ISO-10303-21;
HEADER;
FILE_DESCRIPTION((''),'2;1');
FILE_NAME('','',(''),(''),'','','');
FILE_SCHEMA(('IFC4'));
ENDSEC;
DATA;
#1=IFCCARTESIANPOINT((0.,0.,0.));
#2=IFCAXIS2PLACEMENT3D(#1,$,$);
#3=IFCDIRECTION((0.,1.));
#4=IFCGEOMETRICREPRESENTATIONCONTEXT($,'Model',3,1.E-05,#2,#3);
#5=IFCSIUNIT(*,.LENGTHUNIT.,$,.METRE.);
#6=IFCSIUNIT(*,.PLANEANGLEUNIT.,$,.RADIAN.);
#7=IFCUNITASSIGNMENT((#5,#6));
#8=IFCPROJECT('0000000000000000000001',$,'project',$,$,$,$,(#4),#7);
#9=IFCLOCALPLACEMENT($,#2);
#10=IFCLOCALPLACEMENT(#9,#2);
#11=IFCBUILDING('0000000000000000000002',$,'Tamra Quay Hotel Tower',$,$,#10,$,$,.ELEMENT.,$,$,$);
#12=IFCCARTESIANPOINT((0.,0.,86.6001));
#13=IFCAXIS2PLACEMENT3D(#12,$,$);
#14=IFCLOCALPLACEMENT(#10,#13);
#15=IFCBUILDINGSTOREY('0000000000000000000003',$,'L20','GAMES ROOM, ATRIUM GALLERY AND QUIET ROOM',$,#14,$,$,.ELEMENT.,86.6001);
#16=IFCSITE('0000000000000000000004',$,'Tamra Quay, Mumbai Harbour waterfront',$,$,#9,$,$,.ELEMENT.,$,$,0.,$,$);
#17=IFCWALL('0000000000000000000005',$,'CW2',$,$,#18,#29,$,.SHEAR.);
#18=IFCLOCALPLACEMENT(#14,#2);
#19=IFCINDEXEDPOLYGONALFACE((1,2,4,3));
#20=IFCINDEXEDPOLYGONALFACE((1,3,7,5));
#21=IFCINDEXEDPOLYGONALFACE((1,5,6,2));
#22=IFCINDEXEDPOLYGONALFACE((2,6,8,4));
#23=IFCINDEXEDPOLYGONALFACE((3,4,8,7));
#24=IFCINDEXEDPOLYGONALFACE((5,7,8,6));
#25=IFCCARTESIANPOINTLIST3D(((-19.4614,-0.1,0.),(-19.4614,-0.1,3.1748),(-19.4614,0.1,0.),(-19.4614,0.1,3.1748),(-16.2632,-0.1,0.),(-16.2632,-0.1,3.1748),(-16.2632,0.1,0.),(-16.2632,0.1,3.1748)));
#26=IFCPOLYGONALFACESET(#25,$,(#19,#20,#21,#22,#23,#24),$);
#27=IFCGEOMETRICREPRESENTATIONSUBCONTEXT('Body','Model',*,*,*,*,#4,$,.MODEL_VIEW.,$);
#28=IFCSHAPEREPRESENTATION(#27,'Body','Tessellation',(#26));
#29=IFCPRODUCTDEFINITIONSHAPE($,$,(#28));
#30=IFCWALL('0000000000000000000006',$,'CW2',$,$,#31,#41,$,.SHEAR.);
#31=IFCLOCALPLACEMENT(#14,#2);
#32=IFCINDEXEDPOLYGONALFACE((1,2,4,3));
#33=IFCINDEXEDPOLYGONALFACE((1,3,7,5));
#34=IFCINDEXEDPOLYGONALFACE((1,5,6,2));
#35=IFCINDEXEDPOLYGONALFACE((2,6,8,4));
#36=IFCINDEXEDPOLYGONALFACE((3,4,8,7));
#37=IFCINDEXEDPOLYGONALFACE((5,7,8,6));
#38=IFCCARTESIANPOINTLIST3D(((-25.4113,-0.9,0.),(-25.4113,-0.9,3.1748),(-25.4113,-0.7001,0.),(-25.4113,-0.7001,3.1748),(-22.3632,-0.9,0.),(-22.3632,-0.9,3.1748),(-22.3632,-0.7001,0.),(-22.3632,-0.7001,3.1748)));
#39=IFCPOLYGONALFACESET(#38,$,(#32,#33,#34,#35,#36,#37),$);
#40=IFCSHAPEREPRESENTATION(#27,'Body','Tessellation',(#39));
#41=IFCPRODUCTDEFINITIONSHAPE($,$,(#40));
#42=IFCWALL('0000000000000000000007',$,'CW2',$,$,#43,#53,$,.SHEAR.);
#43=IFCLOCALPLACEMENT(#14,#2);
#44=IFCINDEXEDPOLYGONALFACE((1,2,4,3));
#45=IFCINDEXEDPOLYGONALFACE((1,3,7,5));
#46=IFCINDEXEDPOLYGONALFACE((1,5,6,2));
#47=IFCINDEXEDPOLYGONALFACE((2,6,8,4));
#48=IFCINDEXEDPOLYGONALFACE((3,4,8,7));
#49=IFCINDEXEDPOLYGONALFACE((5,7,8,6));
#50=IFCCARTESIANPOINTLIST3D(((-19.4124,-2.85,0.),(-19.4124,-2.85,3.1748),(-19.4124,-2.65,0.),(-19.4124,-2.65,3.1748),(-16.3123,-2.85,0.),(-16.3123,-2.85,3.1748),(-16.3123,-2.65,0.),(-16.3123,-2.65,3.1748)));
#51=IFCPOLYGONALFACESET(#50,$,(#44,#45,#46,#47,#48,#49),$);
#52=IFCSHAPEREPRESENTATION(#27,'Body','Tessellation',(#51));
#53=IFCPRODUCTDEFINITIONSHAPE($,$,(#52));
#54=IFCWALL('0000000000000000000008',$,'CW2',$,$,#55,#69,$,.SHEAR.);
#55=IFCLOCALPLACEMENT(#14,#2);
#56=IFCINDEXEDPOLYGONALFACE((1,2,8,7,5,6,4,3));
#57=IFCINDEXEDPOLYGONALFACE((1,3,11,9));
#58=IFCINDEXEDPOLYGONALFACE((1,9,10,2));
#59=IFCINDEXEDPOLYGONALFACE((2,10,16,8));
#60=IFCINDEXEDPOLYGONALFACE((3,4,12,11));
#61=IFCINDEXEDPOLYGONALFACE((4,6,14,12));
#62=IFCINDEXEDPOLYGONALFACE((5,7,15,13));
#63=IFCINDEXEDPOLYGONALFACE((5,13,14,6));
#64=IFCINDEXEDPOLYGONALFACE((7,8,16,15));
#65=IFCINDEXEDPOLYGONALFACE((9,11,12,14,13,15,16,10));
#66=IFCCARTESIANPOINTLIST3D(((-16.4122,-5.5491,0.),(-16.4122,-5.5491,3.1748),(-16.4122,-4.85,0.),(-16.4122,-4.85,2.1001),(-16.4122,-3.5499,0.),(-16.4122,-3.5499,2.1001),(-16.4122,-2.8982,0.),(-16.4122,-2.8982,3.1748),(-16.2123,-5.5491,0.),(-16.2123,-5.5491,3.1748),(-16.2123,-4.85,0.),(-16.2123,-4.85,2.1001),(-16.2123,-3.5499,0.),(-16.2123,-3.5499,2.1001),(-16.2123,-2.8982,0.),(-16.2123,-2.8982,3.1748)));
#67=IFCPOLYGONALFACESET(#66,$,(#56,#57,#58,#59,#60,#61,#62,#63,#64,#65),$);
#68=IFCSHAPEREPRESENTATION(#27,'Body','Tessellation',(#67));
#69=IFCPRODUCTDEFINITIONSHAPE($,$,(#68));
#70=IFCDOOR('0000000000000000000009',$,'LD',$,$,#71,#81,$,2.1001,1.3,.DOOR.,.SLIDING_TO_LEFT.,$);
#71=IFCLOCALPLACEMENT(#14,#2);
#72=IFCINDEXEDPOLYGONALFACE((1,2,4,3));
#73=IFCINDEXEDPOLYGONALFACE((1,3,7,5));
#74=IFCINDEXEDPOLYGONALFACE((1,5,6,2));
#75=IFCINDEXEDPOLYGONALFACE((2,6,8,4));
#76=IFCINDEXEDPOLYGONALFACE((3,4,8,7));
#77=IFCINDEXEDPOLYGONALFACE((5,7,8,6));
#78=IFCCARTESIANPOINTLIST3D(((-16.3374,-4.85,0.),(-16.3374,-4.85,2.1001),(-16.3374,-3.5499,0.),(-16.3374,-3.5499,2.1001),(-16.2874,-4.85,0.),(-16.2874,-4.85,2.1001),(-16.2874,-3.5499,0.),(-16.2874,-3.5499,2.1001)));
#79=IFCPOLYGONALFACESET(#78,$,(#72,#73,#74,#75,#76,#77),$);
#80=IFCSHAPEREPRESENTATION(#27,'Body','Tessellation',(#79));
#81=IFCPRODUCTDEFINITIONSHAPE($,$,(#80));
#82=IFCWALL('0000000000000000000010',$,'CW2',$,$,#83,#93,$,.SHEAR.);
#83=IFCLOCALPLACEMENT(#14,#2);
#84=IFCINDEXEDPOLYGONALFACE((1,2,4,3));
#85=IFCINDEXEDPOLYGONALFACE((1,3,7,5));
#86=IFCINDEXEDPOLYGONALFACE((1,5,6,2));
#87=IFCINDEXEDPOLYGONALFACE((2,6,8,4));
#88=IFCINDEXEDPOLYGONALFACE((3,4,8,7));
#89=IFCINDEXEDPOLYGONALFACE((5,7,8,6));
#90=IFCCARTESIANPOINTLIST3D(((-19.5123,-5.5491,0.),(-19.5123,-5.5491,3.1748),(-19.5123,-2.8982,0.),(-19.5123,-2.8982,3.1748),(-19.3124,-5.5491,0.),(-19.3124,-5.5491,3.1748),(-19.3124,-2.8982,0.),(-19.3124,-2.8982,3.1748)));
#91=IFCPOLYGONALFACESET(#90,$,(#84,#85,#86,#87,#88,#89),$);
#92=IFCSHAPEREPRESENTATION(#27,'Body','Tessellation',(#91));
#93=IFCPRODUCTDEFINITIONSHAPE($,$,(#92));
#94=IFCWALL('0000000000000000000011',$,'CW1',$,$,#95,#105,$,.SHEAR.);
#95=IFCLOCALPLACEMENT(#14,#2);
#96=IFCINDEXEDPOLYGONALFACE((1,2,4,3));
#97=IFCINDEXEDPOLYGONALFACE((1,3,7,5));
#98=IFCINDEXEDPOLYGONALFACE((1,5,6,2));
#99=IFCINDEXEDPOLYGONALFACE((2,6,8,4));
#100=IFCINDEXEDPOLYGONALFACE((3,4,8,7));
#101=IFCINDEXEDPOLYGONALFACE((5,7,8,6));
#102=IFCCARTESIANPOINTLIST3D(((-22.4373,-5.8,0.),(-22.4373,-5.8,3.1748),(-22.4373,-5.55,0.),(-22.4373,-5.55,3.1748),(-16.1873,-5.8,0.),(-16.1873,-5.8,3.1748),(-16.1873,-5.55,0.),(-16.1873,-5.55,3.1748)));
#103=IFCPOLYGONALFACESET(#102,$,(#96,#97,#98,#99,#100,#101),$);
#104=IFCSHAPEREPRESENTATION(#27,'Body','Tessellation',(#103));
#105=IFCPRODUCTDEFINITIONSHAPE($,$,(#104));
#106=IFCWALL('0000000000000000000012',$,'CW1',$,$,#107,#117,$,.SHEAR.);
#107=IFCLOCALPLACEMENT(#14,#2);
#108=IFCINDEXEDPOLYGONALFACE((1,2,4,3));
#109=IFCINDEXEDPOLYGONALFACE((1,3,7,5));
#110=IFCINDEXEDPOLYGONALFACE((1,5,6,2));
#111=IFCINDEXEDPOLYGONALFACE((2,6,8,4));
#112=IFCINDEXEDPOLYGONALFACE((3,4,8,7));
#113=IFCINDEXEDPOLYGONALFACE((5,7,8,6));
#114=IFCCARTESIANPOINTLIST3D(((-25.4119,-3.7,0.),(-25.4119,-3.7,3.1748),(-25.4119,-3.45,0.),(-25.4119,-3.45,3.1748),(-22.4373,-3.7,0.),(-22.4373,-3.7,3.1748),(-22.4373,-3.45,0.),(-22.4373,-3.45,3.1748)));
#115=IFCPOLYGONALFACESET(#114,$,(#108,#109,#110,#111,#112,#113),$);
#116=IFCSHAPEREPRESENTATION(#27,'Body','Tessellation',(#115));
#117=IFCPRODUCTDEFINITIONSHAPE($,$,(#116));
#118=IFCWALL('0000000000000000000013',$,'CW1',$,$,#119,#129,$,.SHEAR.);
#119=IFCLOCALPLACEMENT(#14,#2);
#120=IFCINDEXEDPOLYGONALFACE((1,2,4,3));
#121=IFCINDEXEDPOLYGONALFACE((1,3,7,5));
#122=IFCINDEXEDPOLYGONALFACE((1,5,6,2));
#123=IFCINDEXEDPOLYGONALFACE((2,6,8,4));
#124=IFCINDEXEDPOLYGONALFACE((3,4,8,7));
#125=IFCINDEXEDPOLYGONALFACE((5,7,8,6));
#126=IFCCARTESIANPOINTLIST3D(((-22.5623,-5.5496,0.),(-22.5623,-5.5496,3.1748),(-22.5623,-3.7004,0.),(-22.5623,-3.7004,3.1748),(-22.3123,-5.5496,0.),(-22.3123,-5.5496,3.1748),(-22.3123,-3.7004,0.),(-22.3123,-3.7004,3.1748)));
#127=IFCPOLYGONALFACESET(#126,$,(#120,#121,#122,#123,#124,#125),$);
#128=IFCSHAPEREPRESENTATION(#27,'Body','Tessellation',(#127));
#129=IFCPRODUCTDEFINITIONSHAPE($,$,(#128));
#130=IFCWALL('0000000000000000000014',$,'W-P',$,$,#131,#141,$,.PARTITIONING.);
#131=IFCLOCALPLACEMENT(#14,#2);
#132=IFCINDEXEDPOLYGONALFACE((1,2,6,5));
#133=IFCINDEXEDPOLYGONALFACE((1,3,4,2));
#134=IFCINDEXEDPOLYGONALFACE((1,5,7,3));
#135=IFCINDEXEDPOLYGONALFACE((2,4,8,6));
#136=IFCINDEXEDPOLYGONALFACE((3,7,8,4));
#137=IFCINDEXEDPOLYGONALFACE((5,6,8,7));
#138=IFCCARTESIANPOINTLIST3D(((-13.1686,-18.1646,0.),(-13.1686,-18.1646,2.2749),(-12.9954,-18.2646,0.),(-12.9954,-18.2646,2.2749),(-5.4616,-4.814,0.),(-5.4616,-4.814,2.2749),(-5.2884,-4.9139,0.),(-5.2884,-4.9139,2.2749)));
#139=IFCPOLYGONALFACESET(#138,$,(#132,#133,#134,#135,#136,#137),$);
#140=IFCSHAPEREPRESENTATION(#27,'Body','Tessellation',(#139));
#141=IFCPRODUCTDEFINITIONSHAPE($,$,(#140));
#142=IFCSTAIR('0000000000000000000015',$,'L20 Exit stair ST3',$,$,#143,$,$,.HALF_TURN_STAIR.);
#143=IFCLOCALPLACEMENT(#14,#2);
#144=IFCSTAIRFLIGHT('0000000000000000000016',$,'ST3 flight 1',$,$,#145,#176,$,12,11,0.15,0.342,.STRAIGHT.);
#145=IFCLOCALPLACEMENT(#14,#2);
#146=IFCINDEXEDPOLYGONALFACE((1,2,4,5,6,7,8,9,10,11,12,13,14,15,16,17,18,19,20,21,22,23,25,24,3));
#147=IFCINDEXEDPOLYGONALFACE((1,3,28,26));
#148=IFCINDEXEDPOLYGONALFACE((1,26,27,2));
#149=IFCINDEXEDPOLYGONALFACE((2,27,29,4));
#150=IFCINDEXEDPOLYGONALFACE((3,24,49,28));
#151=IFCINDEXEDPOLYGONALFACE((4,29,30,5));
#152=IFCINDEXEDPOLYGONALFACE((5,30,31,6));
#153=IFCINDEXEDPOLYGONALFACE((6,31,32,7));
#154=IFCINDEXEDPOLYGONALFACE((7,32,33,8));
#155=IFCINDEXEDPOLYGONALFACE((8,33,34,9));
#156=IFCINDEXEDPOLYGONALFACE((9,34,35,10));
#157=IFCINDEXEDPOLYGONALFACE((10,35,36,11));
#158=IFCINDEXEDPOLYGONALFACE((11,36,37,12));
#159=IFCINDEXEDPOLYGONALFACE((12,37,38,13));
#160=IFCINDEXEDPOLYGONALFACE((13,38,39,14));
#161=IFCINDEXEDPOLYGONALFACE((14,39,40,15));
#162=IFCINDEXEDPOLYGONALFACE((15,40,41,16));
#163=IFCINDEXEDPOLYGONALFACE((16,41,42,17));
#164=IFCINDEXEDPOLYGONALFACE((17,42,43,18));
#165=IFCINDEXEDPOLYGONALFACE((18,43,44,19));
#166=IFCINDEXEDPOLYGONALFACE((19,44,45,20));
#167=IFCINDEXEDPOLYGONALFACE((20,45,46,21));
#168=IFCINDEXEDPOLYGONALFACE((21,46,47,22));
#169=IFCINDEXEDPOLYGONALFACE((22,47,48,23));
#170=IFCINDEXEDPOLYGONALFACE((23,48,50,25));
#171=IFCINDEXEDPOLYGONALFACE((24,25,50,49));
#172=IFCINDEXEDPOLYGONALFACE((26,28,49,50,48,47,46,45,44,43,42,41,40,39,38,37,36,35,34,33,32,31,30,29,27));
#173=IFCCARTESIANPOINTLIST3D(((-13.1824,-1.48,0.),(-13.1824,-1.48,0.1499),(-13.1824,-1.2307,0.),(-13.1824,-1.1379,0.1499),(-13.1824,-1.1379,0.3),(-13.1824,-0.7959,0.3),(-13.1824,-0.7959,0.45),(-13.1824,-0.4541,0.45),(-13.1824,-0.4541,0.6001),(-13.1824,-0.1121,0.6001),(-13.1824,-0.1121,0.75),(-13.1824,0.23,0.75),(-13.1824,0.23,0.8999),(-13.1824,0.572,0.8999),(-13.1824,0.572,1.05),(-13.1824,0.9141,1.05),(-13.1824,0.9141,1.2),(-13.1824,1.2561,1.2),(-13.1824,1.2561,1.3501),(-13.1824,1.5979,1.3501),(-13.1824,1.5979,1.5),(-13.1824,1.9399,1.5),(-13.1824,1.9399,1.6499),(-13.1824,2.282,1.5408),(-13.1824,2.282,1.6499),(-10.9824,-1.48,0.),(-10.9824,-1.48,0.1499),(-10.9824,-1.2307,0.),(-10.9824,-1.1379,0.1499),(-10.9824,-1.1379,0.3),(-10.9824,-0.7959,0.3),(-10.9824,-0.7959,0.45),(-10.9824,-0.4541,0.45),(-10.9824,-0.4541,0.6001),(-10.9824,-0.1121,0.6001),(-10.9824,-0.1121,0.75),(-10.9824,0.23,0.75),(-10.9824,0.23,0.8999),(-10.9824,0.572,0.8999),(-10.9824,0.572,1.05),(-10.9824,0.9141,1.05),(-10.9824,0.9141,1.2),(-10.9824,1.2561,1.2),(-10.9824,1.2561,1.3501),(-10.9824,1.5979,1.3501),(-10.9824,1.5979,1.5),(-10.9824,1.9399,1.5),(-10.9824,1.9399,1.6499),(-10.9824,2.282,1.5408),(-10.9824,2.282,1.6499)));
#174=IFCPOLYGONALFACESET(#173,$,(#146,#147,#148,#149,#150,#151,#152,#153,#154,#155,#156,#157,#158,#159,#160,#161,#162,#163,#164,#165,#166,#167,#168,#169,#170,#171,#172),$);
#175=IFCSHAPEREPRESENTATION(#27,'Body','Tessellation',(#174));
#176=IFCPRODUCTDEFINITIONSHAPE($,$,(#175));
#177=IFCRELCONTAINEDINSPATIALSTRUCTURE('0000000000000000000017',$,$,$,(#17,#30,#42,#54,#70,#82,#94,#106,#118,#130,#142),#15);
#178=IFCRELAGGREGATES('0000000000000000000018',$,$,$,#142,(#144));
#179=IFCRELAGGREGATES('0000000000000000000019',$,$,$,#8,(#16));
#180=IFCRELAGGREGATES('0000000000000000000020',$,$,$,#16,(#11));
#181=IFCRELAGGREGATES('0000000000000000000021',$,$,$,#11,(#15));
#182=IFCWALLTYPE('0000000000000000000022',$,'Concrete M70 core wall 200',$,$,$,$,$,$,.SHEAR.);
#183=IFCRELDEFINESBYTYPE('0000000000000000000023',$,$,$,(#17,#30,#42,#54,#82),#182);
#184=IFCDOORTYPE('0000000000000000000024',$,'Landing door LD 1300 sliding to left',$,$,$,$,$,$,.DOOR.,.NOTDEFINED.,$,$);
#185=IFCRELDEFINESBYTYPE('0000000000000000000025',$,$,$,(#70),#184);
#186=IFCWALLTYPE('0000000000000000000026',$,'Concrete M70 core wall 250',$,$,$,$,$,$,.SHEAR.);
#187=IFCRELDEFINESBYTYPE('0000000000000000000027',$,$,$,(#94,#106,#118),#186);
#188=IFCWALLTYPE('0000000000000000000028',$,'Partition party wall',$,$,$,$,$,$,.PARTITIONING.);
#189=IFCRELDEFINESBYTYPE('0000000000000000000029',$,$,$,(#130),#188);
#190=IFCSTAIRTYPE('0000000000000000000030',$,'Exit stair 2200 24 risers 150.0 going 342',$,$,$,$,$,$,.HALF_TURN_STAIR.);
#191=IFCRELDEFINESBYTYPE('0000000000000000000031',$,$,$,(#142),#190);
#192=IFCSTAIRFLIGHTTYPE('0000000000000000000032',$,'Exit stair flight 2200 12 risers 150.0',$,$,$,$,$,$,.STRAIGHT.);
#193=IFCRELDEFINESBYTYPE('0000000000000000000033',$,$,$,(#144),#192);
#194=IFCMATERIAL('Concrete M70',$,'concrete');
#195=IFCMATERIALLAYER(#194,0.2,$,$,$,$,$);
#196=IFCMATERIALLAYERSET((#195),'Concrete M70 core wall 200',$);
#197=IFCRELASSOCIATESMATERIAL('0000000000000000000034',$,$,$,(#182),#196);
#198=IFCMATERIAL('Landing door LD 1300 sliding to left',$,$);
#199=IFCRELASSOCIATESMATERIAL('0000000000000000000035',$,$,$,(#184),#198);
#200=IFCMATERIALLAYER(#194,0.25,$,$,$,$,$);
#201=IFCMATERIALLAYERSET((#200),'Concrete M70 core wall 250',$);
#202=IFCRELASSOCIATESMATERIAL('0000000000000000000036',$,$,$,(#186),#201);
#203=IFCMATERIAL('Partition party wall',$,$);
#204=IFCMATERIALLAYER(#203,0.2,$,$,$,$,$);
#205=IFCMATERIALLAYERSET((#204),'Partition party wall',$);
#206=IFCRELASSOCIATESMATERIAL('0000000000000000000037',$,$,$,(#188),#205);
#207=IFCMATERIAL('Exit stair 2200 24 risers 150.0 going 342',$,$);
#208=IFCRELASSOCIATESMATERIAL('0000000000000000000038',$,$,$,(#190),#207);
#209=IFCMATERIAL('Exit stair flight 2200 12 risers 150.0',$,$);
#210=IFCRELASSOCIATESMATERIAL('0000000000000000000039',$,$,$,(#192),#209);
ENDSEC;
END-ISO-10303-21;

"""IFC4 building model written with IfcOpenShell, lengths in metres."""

from ifc_helpers import new_model, si_unit, direction, frame, frame_2d, origin, place, context, subcontext, project, spatial, polyline, rectangle, outline, extrude, material, layer, layer_set, type_object, element, fill, aggregate, save


model = new_model("IFC4")

# Units and contexts
model_context = context("Model", 3, precision=1e-05, world=origin(), true_north=direction((0.0, 1.0)))
body_context = subcontext(model_context, "Body", "Model", "MODEL_VIEW")
ifc_project = project(units=[si_unit("LENGTHUNIT", "METRE"), si_unit("PLANEANGLEUNIT", "RADIAN")], contexts=[model_context])

# Site, building, storey
site_placement = place(None, origin())
site = spatial("IfcSite", under=ifc_project, at=site_placement, Name="Tamra Quay, Mumbai Harbour waterfront", CompositionType="ELEMENT", RefElevation=0.0)
building_placement = place(site_placement, origin())
building = spatial("IfcBuilding", under=site, at=building_placement, Name="Tamra Quay Hotel Tower", CompositionType="ELEMENT")
storey_placement = place(building_placement, frame((0.0, 0.0, 86.6001)))
storey = spatial("IfcBuildingStorey", under=building, at=storey_placement, Name="L20", Description="GAMES ROOM, ATRIUM GALLERY AND QUIET ROOM", CompositionType="ELEMENT", Elevation=86.6001)

# Shared definitions
ifc_material_1 = material(Name="Concrete M70", Category="concrete")

# Walls
ifc_layer_1 = layer(ifc_material_1, 0.2)
ifc_layer_set_1 = layer_set([ifc_layer_1], Name="Concrete M70 core wall 200")
wall_type_1 = type_object("IfcWallType", Name="Concrete M70 core wall 200", PredefinedType="SHEAR", material=ifc_layer_set_1)
wall_1_placement = place(storey_placement, frame((-16.2632, 0.0, 0.0), z_axis=(0.0, 0.0, 1.0), x_axis=(-1.0, 0.0, 0.0)))
element("IfcWall", 1, at=wall_1_placement, inside=storey, type_object=wall_type_1, Name="CW2", PredefinedType="SHEAR", context=body_context, shape_type="SweptSolid", body=[
    extrude(rectangle(XDim=3.1982, YDim=0.2, at=frame_2d((1.5991, 0.0))), origin(), (0.0, 0.0, 1.0), 3.1748),
])
wall_2_placement = place(storey_placement, frame((-22.3633, -0.8, 0.0), z_axis=(0.0, 0.0, 1.0), x_axis=(-1.0, 0.0, 0.0)))
element("IfcWall", 2, at=wall_2_placement, inside=storey, type_object=wall_type_1, Name="CW2", PredefinedType="SHEAR", context=body_context, shape_type="SweptSolid", body=[
    extrude(rectangle(XDim=3.0481, YDim=0.2, at=frame_2d((1.5239, 0.0))), origin(), (0.0, 0.0, 1.0), 3.1748),
])
wall_3_placement = place(storey_placement, frame((-19.4124, -2.75, 0.0), z_axis=(0.0, 0.0, 1.0), x_axis=(1.0, 0.0, 0.0)))
element("IfcWall", 3, at=wall_3_placement, inside=storey, type_object=wall_type_1, Name="CW2", PredefinedType="SHEAR", context=body_context, shape_type="SweptSolid", body=[
    extrude(rectangle(XDim=3.1001, YDim=0.2, at=frame_2d((1.55, 0.0))), origin(), (0.0, 0.0, 1.0), 3.1748),
])

# Wall, opening, door
wall_4_placement = place(storey_placement, frame((-16.3123, -2.8982, 0.0), z_axis=(0.0, 0.0, 1.0), x_axis=(0.0, -1.0, 0.0)))
wall_4 = element("IfcWall", 4, at=wall_4_placement, inside=storey, type_object=wall_type_1, Name="CW2", PredefinedType="SHEAR", context=body_context, shape_type="SweptSolid", body=[
    extrude(rectangle(XDim=2.6509, YDim=0.2, at=frame_2d((1.3254, 0.0))), origin(), (0.0, 0.0, 1.0), 3.1748),
])
opening_placement = place(wall_4_placement, frame((0.6519, 0.0, 0.0)))
opening = element("IfcOpeningElement", 5, at=opening_placement, cuts=wall_4, PredefinedType="OPENING", context=body_context, shape_type="SweptSolid", body=[
    extrude(rectangle(XDim=1.3, YDim=2.1001, at=frame_2d((0.6499, 1.05))), frame((0.0, 0.1099, 0.0), z_axis=(0.0, -1.0, 0.0), x_axis=(1.0, 0.0, 0.0)), (0.0, 0.0, 1.0), 0.22),
])
ifc_material_2 = material(Name="Landing door LD 1300 sliding to left")
door_type = type_object("IfcDoorType", Name="Landing door LD 1300 sliding to left", OperationType="NOTDEFINED", PredefinedType="DOOR", material=ifc_material_2)
door_placement = place(opening_placement, origin())
door = element("IfcDoor", 6, at=door_placement, inside=storey, type_object=door_type, Name="LD", OperationType="SLIDING_TO_LEFT", OverallHeight=2.1001, OverallWidth=1.3, PredefinedType="DOOR", context=body_context, shape_type="SweptSolid", body=[
    extrude(rectangle(XDim=1.3, YDim=2.1001, at=frame_2d((0.6499, 1.05))), frame((0.0, 0.0249, 0.0), z_axis=(0.0, -1.0, 0.0), x_axis=(1.0, 0.0, 0.0)), (0.0, 0.0, 1.0), 0.05),
])
fill(opening, door)

# Walls
wall_5_placement = place(storey_placement, frame((-19.4124, -5.5491, 0.0), z_axis=(0.0, 0.0, 1.0), x_axis=(0.0, 1.0, 0.0)))
element("IfcWall", 7, at=wall_5_placement, inside=storey, type_object=wall_type_1, Name="CW2", PredefinedType="SHEAR", context=body_context, shape_type="SweptSolid", body=[
    extrude(rectangle(XDim=2.6509, YDim=0.2, at=frame_2d((1.3254, 0.0))), origin(), (0.0, 0.0, 1.0), 3.1748),
])
ifc_layer_2 = layer(ifc_material_1, 0.25)
ifc_layer_set_2 = layer_set([ifc_layer_2], Name="Concrete M70 core wall 250")
wall_type_2 = type_object("IfcWallType", Name="Concrete M70 core wall 250", PredefinedType="SHEAR", material=ifc_layer_set_2)
wall_6_placement = place(storey_placement, frame((-16.1873, -5.675, 0.0), z_axis=(0.0, 0.0, 1.0), x_axis=(-1.0, 0.0, 0.0)))
element("IfcWall", 8, at=wall_6_placement, inside=storey, type_object=wall_type_2, Name="CW1", PredefinedType="SHEAR", context=body_context, shape_type="SweptSolid", body=[
    extrude(rectangle(XDim=6.25, YDim=0.25, at=frame_2d((3.125, 0.0))), origin(), (0.0, 0.0, 1.0), 3.1748),
])
wall_7_placement = place(storey_placement, frame((-22.4373, -3.575, 0.0), z_axis=(0.0, 0.0, 1.0), x_axis=(-1.0, 0.0, 0.0)))
element("IfcWall", 9, at=wall_7_placement, inside=storey, type_object=wall_type_2, Name="CW1", PredefinedType="SHEAR", context=body_context, shape_type="SweptSolid", body=[
    extrude(rectangle(XDim=2.9746, YDim=0.25, at=frame_2d((1.4873, 0.0))), origin(), (0.0, 0.0, 1.0), 3.1748),
])
wall_8_placement = place(storey_placement, frame((-22.4373, -5.5496, 0.0), z_axis=(0.0, 0.0, 1.0), x_axis=(0.0, 1.0, 0.0)))
element("IfcWall", 10, at=wall_8_placement, inside=storey, type_object=wall_type_2, Name="CW1", PredefinedType="SHEAR", context=body_context, shape_type="SweptSolid", body=[
    extrude(rectangle(XDim=1.8491, YDim=0.25, at=frame_2d((0.9246, 0.0))), origin(), (0.0, 0.0, 1.0), 3.1748),
])
ifc_material_3 = material(Name="Partition party wall")
ifc_layer_3 = layer(ifc_material_3, 0.2)
ifc_layer_set_3 = layer_set([ifc_layer_3], Name="Partition party wall")
wall_type_3 = type_object("IfcWallType", Name="Partition party wall", PredefinedType="PARTITIONING", material=ifc_layer_set_3)
wall_9_placement = place(storey_placement, frame((-13.082, -18.2146, 0.0), z_axis=(0.0, 0.0, 1.0), x_axis=(0.499955, 0.866052, 0.0)))
element("IfcWall", 11, at=wall_9_placement, inside=storey, type_object=wall_type_3, Name="W-P", PredefinedType="PARTITIONING", context=body_context, shape_type="SweptSolid", body=[
    extrude(rectangle(XDim=15.4155, YDim=0.2, at=frame_2d((7.7078, 0.0))), origin(), (0.0, 0.0, 1.0), 2.2749),
])

# Stair, stair flight
ifc_material_4 = material(Name="Exit stair 2200 24 risers 150.0 going 342")
stair_type = type_object("IfcStairType", Name="Exit stair 2200 24 risers 150.0 going 342", PredefinedType="HALF_TURN_STAIR", material=ifc_material_4)
stair_placement = place(storey_placement, origin())
stair = element("IfcStair", 12, at=stair_placement, inside=storey, type_object=stair_type, Name="L20 Exit stair ST3", PredefinedType="HALF_TURN_STAIR")
ifc_material_5 = material(Name="Exit stair flight 2200 12 risers 150.0")
stair_flight_type = type_object("IfcStairFlightType", Name="Exit stair flight 2200 12 risers 150.0", PredefinedType="STRAIGHT", material=ifc_material_5)
stair_flight_placement = place(storey_placement, frame((-12.0823, -1.48, 0.0), z_axis=(0.0, 0.0, 1.0), x_axis=(0.0, 1.0, 0.0)))
stair_flight = element("IfcStairFlight", 13, at=stair_flight_placement, type_object=stair_flight_type, Name="ST3 flight 1", NumberOfRisers=12, NumberOfTreads=11, PredefinedType="STRAIGHT", RiserHeight=0.15, TreadLength=0.342, context=body_context, shape_type="SweptSolid", body=[
    extrude(outline(polyline([(0.0, 0.0), (0.0, 0.1499), (0.342, 0.1499), (0.342, 0.3), (0.6841, 0.3), (0.6841, 0.45), (1.0259, 0.45), (1.0259, 0.6001), (1.3679, 0.6001), (1.3679, 0.75), (1.71, 0.75), (1.71, 0.8999), (2.052, 0.8999), (2.052, 1.05), (2.394, 1.05), (2.394, 1.2), (2.7361, 1.2), (2.7361, 1.3501), (3.0779, 1.3501), (3.0779, 1.5), (3.4199, 1.5), (3.4199, 1.6499), (3.762, 1.6499), (3.762, 1.8), (3.762, 1.5408), (0.2493, 0.0), (0.0, 0.0)])), frame((0.0, 1.1001, 0.0), z_axis=(0.0, -1.0, 0.0), x_axis=(1.0, 0.0, 0.0)), (0.0, 0.0, 1.0), 2.2),
])
aggregate(stair, [stair_flight])

save(model, "model.ifc")
